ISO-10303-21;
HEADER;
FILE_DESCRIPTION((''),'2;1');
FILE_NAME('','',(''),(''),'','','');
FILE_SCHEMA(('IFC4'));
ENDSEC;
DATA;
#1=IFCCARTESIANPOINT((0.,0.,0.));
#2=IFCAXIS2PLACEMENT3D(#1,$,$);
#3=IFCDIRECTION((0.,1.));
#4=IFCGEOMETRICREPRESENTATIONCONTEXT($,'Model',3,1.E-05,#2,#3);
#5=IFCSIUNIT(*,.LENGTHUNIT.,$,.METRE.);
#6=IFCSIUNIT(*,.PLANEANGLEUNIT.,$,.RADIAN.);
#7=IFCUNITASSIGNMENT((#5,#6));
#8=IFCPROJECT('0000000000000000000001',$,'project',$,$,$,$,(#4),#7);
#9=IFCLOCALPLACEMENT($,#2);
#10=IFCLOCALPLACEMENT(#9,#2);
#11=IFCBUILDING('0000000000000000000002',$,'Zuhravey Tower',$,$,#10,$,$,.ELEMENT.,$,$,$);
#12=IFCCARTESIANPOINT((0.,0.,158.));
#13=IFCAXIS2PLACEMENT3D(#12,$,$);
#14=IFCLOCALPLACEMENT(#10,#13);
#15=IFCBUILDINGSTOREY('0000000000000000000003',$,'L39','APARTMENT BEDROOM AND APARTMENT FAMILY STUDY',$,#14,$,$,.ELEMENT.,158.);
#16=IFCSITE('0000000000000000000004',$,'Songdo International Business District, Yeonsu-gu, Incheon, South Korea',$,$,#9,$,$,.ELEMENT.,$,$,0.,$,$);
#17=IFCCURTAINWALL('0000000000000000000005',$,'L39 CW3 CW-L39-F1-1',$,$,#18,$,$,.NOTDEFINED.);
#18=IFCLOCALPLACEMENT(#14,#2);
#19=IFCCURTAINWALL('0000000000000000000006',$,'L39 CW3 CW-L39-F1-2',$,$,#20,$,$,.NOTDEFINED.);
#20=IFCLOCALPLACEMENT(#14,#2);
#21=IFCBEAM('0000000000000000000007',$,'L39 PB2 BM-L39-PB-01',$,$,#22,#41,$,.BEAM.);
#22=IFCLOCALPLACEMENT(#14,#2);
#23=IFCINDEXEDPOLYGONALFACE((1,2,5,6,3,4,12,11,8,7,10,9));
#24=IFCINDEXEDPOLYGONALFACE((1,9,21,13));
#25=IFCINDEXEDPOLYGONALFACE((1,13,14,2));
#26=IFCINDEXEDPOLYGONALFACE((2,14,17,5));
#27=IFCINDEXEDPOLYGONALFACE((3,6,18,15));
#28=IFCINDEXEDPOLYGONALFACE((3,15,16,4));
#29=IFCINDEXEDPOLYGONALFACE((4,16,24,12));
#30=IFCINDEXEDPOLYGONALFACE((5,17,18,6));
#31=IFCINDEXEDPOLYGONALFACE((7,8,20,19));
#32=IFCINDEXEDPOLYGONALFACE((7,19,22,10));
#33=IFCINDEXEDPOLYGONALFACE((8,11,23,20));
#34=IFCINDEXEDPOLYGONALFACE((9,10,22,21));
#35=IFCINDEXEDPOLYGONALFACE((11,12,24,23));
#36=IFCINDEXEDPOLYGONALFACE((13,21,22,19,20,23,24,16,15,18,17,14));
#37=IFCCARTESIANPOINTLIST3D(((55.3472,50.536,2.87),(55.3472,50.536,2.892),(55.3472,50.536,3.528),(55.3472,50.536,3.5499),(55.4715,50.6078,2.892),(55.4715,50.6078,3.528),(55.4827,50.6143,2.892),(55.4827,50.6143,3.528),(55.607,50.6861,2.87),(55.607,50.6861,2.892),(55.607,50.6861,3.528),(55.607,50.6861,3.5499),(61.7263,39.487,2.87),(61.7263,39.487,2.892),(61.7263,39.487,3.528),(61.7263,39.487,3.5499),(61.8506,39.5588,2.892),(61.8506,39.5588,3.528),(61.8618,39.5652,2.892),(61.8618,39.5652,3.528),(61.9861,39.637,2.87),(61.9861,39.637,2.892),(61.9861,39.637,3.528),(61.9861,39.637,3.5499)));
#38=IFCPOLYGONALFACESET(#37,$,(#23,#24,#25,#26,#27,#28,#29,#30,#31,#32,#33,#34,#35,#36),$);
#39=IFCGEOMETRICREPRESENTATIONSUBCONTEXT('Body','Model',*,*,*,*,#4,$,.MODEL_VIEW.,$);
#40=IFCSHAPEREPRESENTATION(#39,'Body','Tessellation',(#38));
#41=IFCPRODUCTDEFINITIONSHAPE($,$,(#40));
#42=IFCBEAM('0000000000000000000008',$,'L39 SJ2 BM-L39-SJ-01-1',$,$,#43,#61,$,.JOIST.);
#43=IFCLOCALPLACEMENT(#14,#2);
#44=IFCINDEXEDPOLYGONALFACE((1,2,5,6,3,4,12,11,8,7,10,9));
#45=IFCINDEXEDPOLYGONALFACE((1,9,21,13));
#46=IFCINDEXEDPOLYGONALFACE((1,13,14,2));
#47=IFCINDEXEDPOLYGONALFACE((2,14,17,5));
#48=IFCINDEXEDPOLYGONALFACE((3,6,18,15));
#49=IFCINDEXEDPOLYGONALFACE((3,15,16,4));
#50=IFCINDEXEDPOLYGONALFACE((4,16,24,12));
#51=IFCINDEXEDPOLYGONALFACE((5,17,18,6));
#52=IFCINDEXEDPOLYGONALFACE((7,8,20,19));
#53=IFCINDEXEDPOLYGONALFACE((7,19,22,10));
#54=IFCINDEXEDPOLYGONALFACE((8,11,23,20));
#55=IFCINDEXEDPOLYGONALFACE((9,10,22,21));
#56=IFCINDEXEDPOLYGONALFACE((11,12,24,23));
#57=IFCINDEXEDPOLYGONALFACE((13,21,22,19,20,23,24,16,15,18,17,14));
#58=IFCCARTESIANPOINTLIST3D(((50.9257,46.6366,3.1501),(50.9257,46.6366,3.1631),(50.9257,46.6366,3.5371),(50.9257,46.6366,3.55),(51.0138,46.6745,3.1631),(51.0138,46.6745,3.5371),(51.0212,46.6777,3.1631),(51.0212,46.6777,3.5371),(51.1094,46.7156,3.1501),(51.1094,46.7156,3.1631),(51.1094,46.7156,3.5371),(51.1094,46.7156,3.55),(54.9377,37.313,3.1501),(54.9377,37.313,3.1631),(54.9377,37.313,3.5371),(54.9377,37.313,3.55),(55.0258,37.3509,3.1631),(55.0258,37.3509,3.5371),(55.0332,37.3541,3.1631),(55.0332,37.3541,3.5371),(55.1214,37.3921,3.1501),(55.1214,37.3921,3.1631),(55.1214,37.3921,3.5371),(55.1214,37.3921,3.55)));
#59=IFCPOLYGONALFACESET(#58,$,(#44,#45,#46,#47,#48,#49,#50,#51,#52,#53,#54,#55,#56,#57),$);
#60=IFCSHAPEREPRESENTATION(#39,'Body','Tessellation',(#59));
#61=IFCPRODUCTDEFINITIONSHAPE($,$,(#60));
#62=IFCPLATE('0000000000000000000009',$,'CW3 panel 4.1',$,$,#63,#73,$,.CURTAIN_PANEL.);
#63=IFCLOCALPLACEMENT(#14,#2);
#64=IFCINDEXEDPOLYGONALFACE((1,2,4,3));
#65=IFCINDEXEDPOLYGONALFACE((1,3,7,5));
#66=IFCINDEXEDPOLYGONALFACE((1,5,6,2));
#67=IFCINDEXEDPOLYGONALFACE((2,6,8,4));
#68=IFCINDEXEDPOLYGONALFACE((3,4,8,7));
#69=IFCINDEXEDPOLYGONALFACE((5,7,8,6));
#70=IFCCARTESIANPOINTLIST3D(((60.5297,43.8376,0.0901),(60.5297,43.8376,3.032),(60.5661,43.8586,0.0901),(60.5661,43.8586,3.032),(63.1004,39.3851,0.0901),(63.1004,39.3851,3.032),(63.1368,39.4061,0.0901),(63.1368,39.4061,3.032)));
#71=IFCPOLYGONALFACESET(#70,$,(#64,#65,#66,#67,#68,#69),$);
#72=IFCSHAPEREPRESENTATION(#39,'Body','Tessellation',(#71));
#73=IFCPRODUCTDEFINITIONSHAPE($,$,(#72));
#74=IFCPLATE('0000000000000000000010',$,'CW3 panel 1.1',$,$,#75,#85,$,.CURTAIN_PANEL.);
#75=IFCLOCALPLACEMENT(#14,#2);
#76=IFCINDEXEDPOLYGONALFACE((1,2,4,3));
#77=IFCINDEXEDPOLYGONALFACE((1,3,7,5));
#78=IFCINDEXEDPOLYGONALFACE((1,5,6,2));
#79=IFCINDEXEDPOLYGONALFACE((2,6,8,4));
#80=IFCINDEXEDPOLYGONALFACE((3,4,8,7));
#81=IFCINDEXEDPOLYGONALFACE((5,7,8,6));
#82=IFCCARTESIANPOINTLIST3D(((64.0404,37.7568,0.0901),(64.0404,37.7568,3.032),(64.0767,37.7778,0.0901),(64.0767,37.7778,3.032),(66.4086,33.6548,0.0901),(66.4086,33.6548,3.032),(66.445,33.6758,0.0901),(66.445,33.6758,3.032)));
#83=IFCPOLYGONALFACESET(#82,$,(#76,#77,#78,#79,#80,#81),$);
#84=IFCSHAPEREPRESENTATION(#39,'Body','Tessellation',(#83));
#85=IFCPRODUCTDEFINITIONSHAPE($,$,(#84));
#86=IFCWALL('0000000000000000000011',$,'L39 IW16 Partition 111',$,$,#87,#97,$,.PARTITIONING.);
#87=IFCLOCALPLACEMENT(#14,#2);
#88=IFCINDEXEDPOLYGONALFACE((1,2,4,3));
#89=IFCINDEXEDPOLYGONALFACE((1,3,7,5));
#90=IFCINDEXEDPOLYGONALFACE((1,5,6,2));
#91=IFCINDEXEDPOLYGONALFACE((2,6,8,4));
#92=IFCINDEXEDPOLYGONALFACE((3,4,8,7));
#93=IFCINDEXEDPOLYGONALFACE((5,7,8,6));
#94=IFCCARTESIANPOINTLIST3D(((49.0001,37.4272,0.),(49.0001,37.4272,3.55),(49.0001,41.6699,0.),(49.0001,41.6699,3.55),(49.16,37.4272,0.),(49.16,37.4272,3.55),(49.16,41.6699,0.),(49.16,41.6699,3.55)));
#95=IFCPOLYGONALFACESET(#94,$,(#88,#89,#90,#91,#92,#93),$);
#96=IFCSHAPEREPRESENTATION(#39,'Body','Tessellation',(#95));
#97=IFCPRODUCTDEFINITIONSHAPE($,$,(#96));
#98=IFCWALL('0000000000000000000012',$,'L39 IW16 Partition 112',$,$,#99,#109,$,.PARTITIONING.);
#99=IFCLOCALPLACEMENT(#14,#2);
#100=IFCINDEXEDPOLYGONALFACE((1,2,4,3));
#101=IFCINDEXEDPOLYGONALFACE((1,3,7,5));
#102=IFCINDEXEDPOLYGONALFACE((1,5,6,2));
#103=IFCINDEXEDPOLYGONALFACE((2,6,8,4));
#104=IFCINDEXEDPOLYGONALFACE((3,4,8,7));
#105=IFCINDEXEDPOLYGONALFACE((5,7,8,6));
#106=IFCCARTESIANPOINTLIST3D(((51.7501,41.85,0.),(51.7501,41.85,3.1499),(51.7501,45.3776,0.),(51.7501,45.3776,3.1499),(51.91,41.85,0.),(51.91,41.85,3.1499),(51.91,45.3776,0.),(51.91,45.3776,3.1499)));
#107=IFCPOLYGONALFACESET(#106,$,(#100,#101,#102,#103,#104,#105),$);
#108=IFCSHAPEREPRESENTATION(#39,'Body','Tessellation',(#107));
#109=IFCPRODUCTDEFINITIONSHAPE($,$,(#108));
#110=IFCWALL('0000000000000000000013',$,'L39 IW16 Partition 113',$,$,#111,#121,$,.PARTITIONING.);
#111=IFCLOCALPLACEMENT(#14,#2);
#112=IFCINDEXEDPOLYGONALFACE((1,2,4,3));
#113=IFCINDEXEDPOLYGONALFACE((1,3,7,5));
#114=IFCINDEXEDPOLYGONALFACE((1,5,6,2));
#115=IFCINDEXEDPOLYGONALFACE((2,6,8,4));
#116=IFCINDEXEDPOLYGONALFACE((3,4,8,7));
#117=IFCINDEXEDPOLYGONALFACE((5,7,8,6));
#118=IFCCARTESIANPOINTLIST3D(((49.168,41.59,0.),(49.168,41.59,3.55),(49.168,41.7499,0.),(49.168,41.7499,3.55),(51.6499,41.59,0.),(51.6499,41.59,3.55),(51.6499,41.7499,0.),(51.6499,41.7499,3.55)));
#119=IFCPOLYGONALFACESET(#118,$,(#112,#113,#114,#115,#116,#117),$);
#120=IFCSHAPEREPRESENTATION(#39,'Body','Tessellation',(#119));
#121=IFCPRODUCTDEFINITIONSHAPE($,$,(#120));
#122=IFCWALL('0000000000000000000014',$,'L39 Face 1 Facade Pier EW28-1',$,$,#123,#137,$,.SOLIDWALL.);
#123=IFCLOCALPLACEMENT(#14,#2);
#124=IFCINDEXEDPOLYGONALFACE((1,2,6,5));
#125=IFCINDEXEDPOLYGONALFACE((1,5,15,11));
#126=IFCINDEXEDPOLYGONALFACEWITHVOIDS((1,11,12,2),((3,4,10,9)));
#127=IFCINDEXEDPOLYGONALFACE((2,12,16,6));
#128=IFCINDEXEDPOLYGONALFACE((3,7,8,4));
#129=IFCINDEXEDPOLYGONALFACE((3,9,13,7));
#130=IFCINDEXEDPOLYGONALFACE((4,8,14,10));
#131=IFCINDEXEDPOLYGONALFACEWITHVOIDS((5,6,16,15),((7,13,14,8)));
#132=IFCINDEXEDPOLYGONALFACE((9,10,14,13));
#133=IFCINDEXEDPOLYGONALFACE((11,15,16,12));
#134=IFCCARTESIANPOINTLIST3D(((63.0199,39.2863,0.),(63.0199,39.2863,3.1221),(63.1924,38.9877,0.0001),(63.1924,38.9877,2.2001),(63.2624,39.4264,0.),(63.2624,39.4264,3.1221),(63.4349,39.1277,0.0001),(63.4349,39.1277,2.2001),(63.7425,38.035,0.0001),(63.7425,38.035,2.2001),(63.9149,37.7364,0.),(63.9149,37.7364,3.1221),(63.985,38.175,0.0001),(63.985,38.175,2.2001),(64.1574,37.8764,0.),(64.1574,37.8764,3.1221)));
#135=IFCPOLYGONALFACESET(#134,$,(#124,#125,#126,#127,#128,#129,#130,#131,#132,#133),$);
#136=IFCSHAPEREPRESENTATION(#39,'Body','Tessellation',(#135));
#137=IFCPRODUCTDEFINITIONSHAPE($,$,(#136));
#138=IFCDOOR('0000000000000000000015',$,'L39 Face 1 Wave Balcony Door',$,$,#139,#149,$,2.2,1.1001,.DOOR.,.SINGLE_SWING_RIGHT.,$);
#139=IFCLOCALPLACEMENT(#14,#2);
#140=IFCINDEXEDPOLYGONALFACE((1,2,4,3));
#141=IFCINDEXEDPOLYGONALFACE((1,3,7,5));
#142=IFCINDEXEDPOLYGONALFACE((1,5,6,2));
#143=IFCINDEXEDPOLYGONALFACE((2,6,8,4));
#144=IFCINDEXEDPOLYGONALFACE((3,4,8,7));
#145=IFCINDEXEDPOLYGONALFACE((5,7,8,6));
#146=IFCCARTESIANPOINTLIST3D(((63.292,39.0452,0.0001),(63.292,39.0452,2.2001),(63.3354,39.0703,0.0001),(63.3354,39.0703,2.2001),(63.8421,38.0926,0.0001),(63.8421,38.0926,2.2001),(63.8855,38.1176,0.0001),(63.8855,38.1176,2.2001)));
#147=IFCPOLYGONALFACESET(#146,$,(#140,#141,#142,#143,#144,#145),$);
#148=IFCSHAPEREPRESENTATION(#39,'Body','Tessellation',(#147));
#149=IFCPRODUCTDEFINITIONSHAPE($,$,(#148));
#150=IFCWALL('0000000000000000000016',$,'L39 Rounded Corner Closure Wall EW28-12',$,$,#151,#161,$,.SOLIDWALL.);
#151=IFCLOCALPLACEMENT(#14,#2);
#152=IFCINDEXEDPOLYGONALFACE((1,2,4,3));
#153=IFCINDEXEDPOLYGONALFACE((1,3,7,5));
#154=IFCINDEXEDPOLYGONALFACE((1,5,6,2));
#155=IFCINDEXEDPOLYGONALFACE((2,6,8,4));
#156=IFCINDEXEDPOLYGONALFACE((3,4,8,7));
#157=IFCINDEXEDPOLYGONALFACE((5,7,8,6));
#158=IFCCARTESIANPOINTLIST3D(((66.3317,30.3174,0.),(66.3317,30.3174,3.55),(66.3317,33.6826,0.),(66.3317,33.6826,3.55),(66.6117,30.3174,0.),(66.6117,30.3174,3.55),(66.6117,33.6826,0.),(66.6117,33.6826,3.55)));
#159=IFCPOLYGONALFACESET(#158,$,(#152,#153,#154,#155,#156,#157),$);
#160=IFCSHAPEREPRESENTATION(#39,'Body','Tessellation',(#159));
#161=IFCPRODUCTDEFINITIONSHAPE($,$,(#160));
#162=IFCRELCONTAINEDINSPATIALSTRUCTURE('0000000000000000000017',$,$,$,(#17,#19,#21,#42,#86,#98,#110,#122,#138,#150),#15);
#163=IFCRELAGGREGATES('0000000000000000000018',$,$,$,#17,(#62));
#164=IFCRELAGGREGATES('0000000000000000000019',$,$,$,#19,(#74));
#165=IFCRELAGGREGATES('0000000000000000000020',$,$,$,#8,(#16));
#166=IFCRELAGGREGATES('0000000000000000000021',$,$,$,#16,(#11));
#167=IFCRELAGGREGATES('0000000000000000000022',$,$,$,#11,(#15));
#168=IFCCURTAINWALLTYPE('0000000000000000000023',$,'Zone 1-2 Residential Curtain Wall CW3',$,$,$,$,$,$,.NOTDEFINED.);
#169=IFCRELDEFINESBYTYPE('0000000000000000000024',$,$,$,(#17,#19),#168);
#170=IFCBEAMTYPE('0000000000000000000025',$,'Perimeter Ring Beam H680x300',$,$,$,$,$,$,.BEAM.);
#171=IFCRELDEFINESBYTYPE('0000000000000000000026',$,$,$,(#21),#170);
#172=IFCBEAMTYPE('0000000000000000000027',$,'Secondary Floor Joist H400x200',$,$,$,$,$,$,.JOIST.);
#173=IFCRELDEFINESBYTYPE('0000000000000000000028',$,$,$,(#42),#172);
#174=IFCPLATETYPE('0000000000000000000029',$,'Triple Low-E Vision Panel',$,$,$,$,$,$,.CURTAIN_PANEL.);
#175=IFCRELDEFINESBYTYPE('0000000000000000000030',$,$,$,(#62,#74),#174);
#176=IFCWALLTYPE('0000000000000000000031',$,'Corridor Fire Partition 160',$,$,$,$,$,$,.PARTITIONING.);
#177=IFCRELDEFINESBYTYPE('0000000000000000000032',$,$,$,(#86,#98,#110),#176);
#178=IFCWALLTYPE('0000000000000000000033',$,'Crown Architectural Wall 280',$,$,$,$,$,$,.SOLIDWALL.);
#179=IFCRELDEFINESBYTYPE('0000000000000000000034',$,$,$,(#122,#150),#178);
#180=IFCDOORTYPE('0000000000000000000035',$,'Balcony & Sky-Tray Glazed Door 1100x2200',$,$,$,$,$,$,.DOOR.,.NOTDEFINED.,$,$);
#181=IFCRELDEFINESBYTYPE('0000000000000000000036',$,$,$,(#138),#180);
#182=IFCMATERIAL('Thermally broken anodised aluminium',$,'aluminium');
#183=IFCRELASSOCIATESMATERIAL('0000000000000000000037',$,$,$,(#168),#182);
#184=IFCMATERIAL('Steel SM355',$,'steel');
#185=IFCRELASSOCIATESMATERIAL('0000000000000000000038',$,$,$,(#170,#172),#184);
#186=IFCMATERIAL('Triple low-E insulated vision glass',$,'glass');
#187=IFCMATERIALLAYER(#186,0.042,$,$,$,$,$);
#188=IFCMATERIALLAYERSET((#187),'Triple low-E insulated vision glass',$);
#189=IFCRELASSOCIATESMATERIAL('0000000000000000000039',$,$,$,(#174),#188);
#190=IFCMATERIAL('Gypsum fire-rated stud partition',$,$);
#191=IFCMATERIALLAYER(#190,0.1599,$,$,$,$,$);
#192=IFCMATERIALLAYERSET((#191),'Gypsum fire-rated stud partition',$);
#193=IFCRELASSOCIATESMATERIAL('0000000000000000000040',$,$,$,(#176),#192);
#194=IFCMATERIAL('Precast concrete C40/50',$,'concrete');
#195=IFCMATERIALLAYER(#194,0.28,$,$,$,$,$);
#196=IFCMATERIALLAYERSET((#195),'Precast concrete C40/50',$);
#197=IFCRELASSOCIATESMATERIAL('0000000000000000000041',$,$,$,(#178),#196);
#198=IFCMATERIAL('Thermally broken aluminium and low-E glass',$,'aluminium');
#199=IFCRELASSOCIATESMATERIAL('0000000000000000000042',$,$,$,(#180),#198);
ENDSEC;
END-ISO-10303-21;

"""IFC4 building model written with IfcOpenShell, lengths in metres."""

from ifc_helpers import new_model, si_unit, direction, frame, frame_2d, origin, origin_2d, place, context, subcontext, project, spatial, rectangle, i_section, extrude, material, layer, layer_set, material_profile, profile_set, type_object, element, fill, aggregate, save


model = new_model("IFC4")

# Units and contexts
model_context = context("Model", 3, precision=1e-05, world=origin(), true_north=direction((0.0, 1.0)))
body_context = subcontext(model_context, "Body", "Model", "MODEL_VIEW")
ifc_project = project(units=[si_unit("LENGTHUNIT", "METRE"), si_unit("PLANEANGLEUNIT", "RADIAN")], contexts=[model_context])

# Site, building, storey
site_placement = place(None, origin())
site = spatial("IfcSite", under=ifc_project, at=site_placement, Name="Songdo International Business District, Yeonsu-gu, Incheon, South Korea", CompositionType="ELEMENT", RefElevation=0.0)
building_placement = place(site_placement, origin())
building = spatial("IfcBuilding", under=site, at=building_placement, Name="Zuhravey Tower", CompositionType="ELEMENT")
storey_placement = place(building_placement, frame((0.0, 0.0, 158.0)))
storey = spatial("IfcBuildingStorey", under=building, at=storey_placement, Name="L39", Description="APARTMENT BEDROOM AND APARTMENT FAMILY STUDY", CompositionType="ELEMENT", Elevation=158.0)

# Curtain walls
ifc_material_1 = material(Name="Thermally broken anodised aluminium", Category="aluminium")
curtain_wall_type = type_object("IfcCurtainWallType", Name="Zone 1-2 Residential Curtain Wall CW3", PredefinedType="NOTDEFINED", material=ifc_material_1)
curtain_wall_1_placement = place(storey_placement, origin())
curtain_wall_1 = element("IfcCurtainWall", 1, at=curtain_wall_1_placement, inside=storey, type_object=curtain_wall_type, Name="L39 CW3 CW-L39-F1-1", PredefinedType="NOTDEFINED")
curtain_wall_2_placement = place(storey_placement, origin())
curtain_wall_2 = element("IfcCurtainWall", 2, at=curtain_wall_2_placement, inside=storey, type_object=curtain_wall_type, Name="L39 CW3 CW-L39-F1-2", PredefinedType="NOTDEFINED")

# Beams
ifc_material_2 = material(Name="Steel SM355", Category="steel")
ifc_material_profile_1 = material_profile(ifc_material_2, i_section(OverallWidth=0.3, OverallDepth=0.6799, WebThickness=0.0129, FlangeThickness=0.022, at=origin_2d()), Name="H-680x300x13x22")
ifc_profile_set_1 = profile_set([ifc_material_profile_1], Name="Steel SM355")
beam_type_1 = type_object("IfcBeamType", Name="Perimeter Ring Beam H680x300", PredefinedType="BEAM", material=ifc_profile_set_1)
beam_1_placement = place(storey_placement, frame((61.8562, 39.562, 3.21), z_axis=(-0.499998, 0.866027, 0.0), x_axis=(-0.866027, -0.499998, 0.0)))
element("IfcBeam", 3, at=beam_1_placement, inside=storey, type_object=beam_type_1, Name="L39 PB2 BM-L39-PB-01", PredefinedType="BEAM", context=body_context, shape_type="SweptSolid", body=[
    extrude(i_section(OverallWidth=0.3, OverallDepth=0.6799, WebThickness=0.0129, FlangeThickness=0.022, at=origin_2d()), origin(), (0.0, 0.0, 1.0), 12.7583),
])
ifc_material_profile_2 = material_profile(ifc_material_2, i_section(OverallWidth=0.2, OverallDepth=0.3999, WebThickness=0.0081, FlangeThickness=0.0129, at=origin_2d()), Name="H-400x200x8x13")
ifc_profile_set_2 = profile_set([ifc_material_profile_2], Name="Steel SM355")
beam_type_2 = type_object("IfcBeamType", Name="Secondary Floor Joist H400x200", PredefinedType="JOIST", material=ifc_profile_set_2)
beam_2_placement = place(storey_placement, frame((55.0295, 37.3525, 3.3501), z_axis=(-0.395266, 0.918567, 0.0), x_axis=(-0.918567, -0.395266, 0.0)))
element("IfcBeam", 4, at=beam_2_placement, inside=storey, type_object=beam_type_2, Name="L39 SJ2 BM-L39-SJ-01-1", PredefinedType="JOIST", context=body_context, shape_type="SweptSolid", body=[
    extrude(i_section(OverallWidth=0.2, OverallDepth=0.3999, WebThickness=0.0081, FlangeThickness=0.0129, at=origin_2d()), origin(), (0.0, 0.0, 1.0), 10.1501),
])

# Plates
ifc_material_3 = material(Name="Triple low-E insulated vision glass", Category="glass")
ifc_layer_1 = layer(ifc_material_3, 0.042)
ifc_layer_set_1 = layer_set([ifc_layer_1], Name="Triple low-E insulated vision glass")
plate_type = type_object("IfcPlateType", Name="Triple Low-E Vision Panel", PredefinedType="CURTAIN_PANEL", material=ifc_layer_set_1)
plate_1_placement = place(storey_placement, frame((61.8333, 41.6218, 0.0901), z_axis=(0.0, 0.0, 1.0), x_axis=(0.500001, -0.866025, 0.0)))
plate_1 = element("IfcPlate", 5, at=plate_1_placement, type_object=plate_type, Name="CW3 panel 4.1", PredefinedType="CURTAIN_PANEL", context=body_context, shape_type="SweptSolid", body=[
    extrude(rectangle(XDim=5.1414, YDim=0.042, at=origin_2d()), origin(), (0.0, 0.0, 1.0), 2.9419),
])
aggregate(curtain_wall_1, [plate_1])
plate_2_placement = place(storey_placement, frame((65.2427, 35.7163, 0.0901), z_axis=(0.0, 0.0, 1.0), x_axis=(0.499994, -0.866029, 0.0)))
plate_2 = element("IfcPlate", 6, at=plate_2_placement, type_object=plate_type, Name="CW3 panel 1.1", PredefinedType="CURTAIN_PANEL", context=body_context, shape_type="SweptSolid", body=[
    extrude(rectangle(XDim=4.7366, YDim=0.042, at=origin_2d()), origin(), (0.0, 0.0, 1.0), 2.9419),
])
aggregate(curtain_wall_2, [plate_2])

# Walls
ifc_material_4 = material(Name="Gypsum fire-rated stud partition")
ifc_layer_2 = layer(ifc_material_4, 0.1599)
ifc_layer_set_2 = layer_set([ifc_layer_2], Name="Gypsum fire-rated stud partition")
wall_type_1 = type_object("IfcWallType", Name="Corridor Fire Partition 160", PredefinedType="PARTITIONING", material=ifc_layer_set_2)
wall_1_placement = place(storey_placement, frame((49.0801, 37.4272, 0.0), z_axis=(0.0, 0.0, 1.0), x_axis=(0.0, 1.0, 0.0)))
element("IfcWall", 7, at=wall_1_placement, inside=storey, type_object=wall_type_1, Name="L39 IW16 Partition 111", PredefinedType="PARTITIONING", context=body_context, shape_type="SweptSolid", body=[
    extrude(rectangle(XDim=4.2427, YDim=0.1599, at=frame_2d((2.1213, 0.0))), origin(), (0.0, 0.0, 1.0), 3.55),
])
wall_2_placement = place(storey_placement, frame((51.8301, 41.8501, 0.0), z_axis=(0.0, 0.0, 1.0), x_axis=(0.0, 1.0, 0.0)))
element("IfcWall", 8, at=wall_2_placement, inside=storey, type_object=wall_type_1, Name="L39 IW16 Partition 112", PredefinedType="PARTITIONING", context=body_context, shape_type="SweptSolid", body=[
    extrude(rectangle(XDim=3.5276, YDim=0.1599, at=frame_2d((1.7637, 0.0))), origin(), (0.0, 0.0, 1.0), 3.1499),
])
wall_3_placement = place(storey_placement, frame((49.168, 41.6699, 0.0), z_axis=(0.0, 0.0, 1.0), x_axis=(1.0, 0.0, 0.0)))
element("IfcWall", 9, at=wall_3_placement, inside=storey, type_object=wall_type_1, Name="L39 IW16 Partition 113", PredefinedType="PARTITIONING", context=body_context, shape_type="SweptSolid", body=[
    extrude(rectangle(XDim=2.4819, YDim=0.1599, at=frame_2d((1.241, 0.0))), origin(), (0.0, 0.0, 1.0), 3.55),
])

# Wall, opening, door
ifc_material_5 = material(Name="Precast concrete C40/50", Category="concrete")
ifc_layer_3 = layer(ifc_material_5, 0.28)
ifc_layer_set_3 = layer_set([ifc_layer_3], Name="Precast concrete C40/50")
wall_type_2 = type_object("IfcWallType", Name="Crown Architectural Wall 280", PredefinedType="SOLIDWALL", material=ifc_layer_set_3)
wall_4_placement = place(storey_placement, frame((63.1411, 39.3564, 0.0), z_axis=(0.0, 0.0, 1.0), x_axis=(0.500041, -0.866002, 0.0)))
wall_4 = element("IfcWall", 10, at=wall_4_placement, inside=storey, type_object=wall_type_2, Name="L39 Face 1 Facade Pier EW28-1", PredefinedType="SOLIDWALL", context=body_context, shape_type="SweptSolid", body=[
    extrude(rectangle(XDim=1.7898, YDim=0.28, at=frame_2d((0.895, 0.0))), origin(), (0.0, 0.0, 1.0), 3.1221),
])
opening_1_placement = place(wall_4_placement, frame((0.345, 0.0, 0.0)))
opening_1 = element("IfcOpeningElement", 11, at=opening_1_placement, cuts=wall_4, PredefinedType="OPENING", context=body_context, shape_type="SweptSolid", body=[
    extrude(rectangle(XDim=1.1001, YDim=2.2, at=frame_2d((0.55, 1.1001))), frame((0.0, 0.1521, 0.0), z_axis=(0.0, -1.0, 0.0), x_axis=(1.0, 0.0, 0.0)), (0.0, 0.0, 1.0), 0.304),
])
ifc_material_6 = material(Name="Thermally broken aluminium and low-E glass", Category="aluminium")
door_type_1 = type_object("IfcDoorType", Name="Balcony & Sky-Tray Glazed Door 1100x2200", OperationType="NOTDEFINED", PredefinedType="DOOR", material=ifc_material_6)
door_1_placement = place(opening_1_placement, frame((1.1001, 0.0, 0.0), z_axis=(0.0, 0.0, 1.0), x_axis=(-1.0, 0.0, 0.0)))
door_1 = element("IfcDoor", 12, at=door_1_placement, inside=storey, type_object=door_type_1, Name="L39 Face 1 Wave Balcony Door", OperationType="SINGLE_SWING_RIGHT", OverallHeight=2.2, OverallWidth=1.1001, PredefinedType="DOOR", context=body_context, shape_type="SweptSolid", body=[
    extrude(rectangle(XDim=1.1001, YDim=2.2, at=frame_2d((0.55, 1.1001))), frame((0.0, 0.0249, 0.0), z_axis=(0.0, -1.0, 0.0), x_axis=(1.0, 0.0, 0.0)), (0.0, 0.0, 1.0), 0.05),
])
fill(opening_1, door_1)

# Wall
wall_5_placement = place(storey_placement, frame((66.4717, 33.6826, 0.0), z_axis=(0.0, 0.0, 1.0), x_axis=(0.0, -1.0, 0.0)))
element("IfcWall", 13, at=wall_5_placement, inside=storey, type_object=wall_type_2, Name="L39 Rounded Corner Closure Wall EW28-12", PredefinedType="SOLIDWALL", context=body_context, shape_type="SweptSolid", body=[
    extrude(rectangle(XDim=3.3652, YDim=0.28, at=frame_2d((1.6826, 0.0))), origin(), (0.0, 0.0, 1.0), 3.55),
])

save(model, "model.ifc")
